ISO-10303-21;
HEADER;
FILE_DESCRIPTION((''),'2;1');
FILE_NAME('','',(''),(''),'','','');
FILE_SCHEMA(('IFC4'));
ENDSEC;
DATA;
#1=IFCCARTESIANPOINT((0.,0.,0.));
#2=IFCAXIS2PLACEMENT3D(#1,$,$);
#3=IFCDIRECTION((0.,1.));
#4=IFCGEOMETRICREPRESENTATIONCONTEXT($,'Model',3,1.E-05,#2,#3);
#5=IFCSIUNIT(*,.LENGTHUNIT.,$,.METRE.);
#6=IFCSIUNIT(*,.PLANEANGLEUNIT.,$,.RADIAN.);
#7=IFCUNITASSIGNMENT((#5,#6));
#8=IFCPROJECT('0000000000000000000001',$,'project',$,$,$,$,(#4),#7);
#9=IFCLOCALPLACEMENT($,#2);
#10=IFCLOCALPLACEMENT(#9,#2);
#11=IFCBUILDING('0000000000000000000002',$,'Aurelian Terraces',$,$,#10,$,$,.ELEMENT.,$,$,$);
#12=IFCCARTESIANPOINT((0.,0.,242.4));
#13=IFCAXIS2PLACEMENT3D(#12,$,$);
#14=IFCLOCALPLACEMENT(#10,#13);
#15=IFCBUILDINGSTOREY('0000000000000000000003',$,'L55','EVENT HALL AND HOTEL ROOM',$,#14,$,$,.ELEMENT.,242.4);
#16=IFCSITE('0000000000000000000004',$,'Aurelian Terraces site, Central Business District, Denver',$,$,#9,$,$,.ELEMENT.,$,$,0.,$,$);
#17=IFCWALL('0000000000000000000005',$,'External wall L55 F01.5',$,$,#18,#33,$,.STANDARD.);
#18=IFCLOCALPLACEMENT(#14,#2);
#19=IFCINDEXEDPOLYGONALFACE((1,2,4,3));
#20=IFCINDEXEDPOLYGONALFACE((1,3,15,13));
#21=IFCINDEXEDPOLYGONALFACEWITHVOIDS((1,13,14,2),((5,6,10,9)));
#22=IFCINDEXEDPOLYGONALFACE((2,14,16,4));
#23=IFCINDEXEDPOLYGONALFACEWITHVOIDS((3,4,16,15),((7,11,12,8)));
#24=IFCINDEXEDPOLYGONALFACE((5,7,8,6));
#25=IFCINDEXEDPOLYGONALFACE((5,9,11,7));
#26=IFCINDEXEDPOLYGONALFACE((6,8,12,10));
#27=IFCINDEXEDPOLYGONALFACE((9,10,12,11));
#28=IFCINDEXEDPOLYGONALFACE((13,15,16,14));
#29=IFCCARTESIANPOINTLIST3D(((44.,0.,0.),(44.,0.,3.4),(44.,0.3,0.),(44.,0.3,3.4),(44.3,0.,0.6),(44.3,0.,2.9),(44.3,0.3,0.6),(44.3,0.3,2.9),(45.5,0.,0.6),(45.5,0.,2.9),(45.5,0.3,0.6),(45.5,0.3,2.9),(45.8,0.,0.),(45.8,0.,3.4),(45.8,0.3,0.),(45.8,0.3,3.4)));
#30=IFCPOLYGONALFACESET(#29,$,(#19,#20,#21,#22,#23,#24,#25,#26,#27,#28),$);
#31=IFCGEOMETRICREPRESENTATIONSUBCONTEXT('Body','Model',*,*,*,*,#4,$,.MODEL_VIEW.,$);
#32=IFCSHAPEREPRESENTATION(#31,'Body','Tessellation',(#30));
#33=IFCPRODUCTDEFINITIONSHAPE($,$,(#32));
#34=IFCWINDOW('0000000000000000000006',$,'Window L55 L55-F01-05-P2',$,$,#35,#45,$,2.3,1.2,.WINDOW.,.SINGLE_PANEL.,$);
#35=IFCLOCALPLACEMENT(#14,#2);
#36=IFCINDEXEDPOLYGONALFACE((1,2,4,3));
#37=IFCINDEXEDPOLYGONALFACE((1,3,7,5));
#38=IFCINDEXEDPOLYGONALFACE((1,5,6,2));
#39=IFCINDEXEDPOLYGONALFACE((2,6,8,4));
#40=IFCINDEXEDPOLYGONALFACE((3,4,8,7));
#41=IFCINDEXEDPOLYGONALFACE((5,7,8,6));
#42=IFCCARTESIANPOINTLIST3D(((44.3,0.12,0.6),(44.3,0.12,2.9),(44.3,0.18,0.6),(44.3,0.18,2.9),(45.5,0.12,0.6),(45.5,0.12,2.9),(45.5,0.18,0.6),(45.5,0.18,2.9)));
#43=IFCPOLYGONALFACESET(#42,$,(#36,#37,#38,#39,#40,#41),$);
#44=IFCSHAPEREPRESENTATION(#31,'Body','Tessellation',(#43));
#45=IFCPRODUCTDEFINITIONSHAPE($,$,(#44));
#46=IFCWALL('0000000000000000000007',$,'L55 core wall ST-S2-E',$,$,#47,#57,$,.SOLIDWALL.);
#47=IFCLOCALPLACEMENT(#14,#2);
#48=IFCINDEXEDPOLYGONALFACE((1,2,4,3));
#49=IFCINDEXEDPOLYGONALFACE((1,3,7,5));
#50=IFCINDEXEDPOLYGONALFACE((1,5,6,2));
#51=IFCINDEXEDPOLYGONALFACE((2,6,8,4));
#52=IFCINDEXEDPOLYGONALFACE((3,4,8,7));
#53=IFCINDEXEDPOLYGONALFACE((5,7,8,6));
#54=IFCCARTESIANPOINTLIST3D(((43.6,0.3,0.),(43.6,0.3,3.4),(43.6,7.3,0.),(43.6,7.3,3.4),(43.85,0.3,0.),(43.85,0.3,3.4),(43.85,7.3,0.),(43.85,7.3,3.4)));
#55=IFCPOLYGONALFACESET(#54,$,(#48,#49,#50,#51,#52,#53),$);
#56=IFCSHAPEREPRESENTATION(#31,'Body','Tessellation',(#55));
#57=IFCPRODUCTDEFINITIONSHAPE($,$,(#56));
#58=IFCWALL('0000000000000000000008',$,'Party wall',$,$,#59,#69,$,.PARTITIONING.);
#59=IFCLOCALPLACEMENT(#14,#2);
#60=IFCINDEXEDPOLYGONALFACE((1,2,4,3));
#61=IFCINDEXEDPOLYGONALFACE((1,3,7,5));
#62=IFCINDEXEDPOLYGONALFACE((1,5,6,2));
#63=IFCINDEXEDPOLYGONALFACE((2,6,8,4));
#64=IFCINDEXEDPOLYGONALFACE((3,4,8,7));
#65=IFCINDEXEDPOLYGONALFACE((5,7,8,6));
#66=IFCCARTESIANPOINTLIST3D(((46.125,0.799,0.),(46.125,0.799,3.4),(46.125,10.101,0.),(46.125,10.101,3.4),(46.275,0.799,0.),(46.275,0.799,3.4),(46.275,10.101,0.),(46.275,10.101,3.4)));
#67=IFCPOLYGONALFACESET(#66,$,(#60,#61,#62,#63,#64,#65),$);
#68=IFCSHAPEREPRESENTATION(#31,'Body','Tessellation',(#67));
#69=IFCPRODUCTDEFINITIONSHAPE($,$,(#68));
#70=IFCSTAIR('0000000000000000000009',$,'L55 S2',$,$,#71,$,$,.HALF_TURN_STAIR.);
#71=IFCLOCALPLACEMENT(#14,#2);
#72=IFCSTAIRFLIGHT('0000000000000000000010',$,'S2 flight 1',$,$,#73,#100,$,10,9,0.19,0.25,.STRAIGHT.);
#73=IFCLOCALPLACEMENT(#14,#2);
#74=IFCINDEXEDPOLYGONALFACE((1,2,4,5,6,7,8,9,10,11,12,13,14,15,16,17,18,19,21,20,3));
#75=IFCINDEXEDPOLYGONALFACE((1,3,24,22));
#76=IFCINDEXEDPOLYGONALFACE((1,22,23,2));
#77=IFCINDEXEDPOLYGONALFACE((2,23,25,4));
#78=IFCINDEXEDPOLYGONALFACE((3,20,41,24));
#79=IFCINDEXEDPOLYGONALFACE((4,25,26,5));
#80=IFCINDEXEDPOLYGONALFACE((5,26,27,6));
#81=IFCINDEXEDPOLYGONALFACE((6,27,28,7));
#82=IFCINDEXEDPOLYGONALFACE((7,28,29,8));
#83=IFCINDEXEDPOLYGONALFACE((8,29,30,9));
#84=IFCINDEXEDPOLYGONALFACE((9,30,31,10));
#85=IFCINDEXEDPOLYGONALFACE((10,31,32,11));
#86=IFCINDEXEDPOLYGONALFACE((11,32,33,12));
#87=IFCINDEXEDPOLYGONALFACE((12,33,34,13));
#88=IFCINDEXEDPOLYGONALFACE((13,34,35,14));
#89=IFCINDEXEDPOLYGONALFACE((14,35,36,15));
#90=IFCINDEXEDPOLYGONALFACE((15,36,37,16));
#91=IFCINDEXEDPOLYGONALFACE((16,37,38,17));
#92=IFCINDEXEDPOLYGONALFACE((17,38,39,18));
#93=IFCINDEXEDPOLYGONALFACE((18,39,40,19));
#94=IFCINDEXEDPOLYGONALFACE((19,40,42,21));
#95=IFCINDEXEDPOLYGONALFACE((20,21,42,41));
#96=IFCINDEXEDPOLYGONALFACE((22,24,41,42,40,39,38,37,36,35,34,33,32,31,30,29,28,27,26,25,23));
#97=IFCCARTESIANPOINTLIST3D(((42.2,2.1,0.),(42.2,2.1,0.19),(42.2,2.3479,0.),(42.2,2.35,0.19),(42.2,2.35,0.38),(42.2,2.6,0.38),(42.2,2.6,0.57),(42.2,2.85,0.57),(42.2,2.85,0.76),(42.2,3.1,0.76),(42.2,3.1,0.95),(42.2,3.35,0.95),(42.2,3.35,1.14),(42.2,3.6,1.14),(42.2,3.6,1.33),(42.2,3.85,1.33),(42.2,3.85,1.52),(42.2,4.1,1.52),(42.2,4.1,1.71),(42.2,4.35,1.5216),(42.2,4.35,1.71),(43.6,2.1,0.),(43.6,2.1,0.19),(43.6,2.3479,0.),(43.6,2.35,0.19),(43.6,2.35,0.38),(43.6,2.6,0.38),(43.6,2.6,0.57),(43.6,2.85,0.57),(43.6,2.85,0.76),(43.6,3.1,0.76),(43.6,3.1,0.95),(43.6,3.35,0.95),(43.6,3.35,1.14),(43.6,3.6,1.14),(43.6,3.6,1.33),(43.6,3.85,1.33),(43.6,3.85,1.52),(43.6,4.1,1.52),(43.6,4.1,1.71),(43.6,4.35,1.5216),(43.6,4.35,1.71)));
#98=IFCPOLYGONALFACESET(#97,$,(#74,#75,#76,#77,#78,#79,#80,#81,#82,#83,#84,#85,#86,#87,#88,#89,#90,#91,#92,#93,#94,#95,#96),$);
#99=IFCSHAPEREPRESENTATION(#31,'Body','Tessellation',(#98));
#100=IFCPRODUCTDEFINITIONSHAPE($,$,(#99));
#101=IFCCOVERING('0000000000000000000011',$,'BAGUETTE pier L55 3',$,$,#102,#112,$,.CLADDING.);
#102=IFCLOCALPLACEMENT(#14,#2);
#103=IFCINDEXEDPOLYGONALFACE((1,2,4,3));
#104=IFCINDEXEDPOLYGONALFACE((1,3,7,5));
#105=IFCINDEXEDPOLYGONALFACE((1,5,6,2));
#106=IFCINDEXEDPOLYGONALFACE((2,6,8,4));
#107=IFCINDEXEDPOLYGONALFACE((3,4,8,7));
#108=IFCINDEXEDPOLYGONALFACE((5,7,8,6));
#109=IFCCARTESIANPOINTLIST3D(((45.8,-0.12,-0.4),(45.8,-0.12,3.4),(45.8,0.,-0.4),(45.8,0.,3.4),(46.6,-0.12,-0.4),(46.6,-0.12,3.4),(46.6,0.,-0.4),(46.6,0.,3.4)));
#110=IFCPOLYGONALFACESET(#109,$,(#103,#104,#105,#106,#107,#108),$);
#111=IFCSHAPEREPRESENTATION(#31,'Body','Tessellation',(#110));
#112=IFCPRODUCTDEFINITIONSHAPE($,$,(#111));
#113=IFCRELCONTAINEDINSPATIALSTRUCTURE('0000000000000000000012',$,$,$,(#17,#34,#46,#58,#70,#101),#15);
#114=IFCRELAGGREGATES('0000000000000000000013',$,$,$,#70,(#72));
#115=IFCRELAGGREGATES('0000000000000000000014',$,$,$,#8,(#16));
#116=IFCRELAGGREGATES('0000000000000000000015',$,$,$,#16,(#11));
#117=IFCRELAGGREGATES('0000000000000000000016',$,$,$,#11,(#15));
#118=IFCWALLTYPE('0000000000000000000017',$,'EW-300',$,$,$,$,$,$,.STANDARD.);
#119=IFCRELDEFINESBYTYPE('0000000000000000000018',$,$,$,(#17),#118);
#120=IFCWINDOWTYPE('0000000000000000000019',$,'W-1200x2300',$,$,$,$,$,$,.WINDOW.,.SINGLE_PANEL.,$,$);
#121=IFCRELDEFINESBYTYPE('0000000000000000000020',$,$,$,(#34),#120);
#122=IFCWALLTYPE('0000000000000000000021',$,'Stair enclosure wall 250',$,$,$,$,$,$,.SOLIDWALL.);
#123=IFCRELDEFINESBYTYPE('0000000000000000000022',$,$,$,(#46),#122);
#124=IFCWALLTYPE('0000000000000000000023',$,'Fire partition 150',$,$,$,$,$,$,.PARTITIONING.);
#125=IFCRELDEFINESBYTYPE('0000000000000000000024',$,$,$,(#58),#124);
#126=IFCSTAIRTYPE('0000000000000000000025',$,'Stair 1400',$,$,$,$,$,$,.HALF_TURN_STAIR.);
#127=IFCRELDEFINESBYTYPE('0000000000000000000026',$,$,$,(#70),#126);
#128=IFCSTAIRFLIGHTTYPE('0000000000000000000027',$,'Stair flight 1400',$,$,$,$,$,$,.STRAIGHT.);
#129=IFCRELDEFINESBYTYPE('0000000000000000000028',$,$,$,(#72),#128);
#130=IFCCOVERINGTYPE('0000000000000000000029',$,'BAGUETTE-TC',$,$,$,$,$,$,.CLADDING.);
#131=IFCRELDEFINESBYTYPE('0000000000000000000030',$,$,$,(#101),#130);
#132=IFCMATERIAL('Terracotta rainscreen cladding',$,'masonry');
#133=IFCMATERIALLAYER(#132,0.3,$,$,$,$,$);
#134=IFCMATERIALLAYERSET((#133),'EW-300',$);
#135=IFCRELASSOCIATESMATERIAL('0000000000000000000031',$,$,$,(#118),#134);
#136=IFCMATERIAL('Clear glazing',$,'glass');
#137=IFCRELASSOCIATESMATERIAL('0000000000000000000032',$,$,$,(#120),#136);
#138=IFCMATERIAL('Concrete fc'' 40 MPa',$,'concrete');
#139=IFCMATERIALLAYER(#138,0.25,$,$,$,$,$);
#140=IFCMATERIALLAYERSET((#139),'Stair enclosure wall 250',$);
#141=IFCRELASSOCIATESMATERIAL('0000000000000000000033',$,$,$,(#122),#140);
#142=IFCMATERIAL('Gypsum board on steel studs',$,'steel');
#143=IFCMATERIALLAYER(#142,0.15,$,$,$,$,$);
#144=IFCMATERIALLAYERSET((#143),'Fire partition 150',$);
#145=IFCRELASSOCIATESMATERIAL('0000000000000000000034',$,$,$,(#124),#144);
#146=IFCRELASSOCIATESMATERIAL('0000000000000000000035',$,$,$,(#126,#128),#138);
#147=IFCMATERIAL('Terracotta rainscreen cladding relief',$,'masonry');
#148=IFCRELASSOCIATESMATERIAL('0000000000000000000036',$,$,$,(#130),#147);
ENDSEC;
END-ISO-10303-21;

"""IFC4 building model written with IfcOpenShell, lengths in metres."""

from ifc_helpers import new_model, si_unit, direction, frame, frame_2d, origin, origin_2d, place, context, subcontext, project, spatial, polyline, rectangle, outline, extrude, source, transform, mapped, material, layer, layer_set, type_object, element, fill, aggregate, save


model = new_model("IFC4")

# Units and contexts
model_context = context("Model", 3, precision=1e-05, world=origin(), true_north=direction((0.0, 1.0)))
body_context = subcontext(model_context, "Body", "Model", "MODEL_VIEW")
ifc_project = project(units=[si_unit("LENGTHUNIT", "METRE"), si_unit("PLANEANGLEUNIT", "RADIAN")], contexts=[model_context])

# Site, building, storey
site_placement = place(None, origin())
site = spatial("IfcSite", under=ifc_project, at=site_placement, Name="Aurelian Terraces site, Central Business District, Denver", CompositionType="ELEMENT", RefElevation=0.0)
building_placement = place(site_placement, origin())
building = spatial("IfcBuilding", under=site, at=building_placement, Name="Aurelian Terraces", CompositionType="ELEMENT")
storey_placement = place(building_placement, frame((0.0, 0.0, 242.4)))
storey = spatial("IfcBuildingStorey", under=building, at=storey_placement, Name="L55", Description="EVENT HALL AND HOTEL ROOM", CompositionType="ELEMENT", Elevation=242.4)

# Shared definitions
ifc_material_1 = material(Name="Terracotta rainscreen cladding", Category="masonry")
ifc_layer_1 = layer(ifc_material_1, 0.3)
ifc_layer_set_1 = layer_set([ifc_layer_1], Name="EW-300")
wall_type_1 = type_object("IfcWallType", Name="EW-300", PredefinedType="STANDARD", material=ifc_layer_set_1)
ifc_material_2 = material(Name="Clear glazing", Category="glass")
shared_shape_1 = source(origin(), body_context, "Body", "SweptSolid", [
    extrude(rectangle(XDim=1.2, YDim=2.3, at=frame_2d((0.6, 1.15))), frame((0.0, 0.16, 0.0), z_axis=(0.0, -1.0, 0.0), x_axis=(1.0, 0.0, 0.0)), (0.0, 0.0, 1.0), 0.32),
])
window_type_1 = type_object("IfcWindowType", Name="W-1200x2300", PartitioningType="SINGLE_PANEL", PredefinedType="WINDOW", material=ifc_material_2)
shared_shape_2 = source(origin(), body_context, "Body", "SweptSolid", [
    extrude(rectangle(XDim=1.2, YDim=2.3, at=frame_2d((0.6, 1.15))), frame((0.0, 0.03, 0.0), z_axis=(0.0, -1.0, 0.0), x_axis=(1.0, 0.0, 0.0)), (0.0, 0.0, 1.0), 0.06),
])

# Wall, opening, window
shared_shape_3 = source(origin(), body_context, "Body", "SweptSolid", [
    extrude(rectangle(XDim=1.8, YDim=0.3, at=frame_2d((0.9, 0.0))), origin(), (0.0, 0.0, 1.0), 3.4),
])
wall_1_placement = place(storey_placement, frame((44.0, 0.15, 0.0), z_axis=(0.0, 0.0, 1.0), x_axis=(1.0, 0.0, 0.0)))
wall_1 = element("IfcWall", 1, at=wall_1_placement, inside=storey, type_object=wall_type_1, Name="External wall L55 F01.5", PredefinedType="STANDARD", context=body_context, shape_type="MappedRepresentation", body=[
    mapped(shared_shape_3, transform((0.0, 0.0, 0.0), scale=1.0)),
])
opening_1_placement = place(wall_1_placement, frame((0.3, 0.0, 0.6)))
opening_1 = element("IfcOpeningElement", 2, at=opening_1_placement, cuts=wall_1, PredefinedType="OPENING", context=body_context, shape_type="MappedRepresentation", body=[
    mapped(shared_shape_1, transform((0.0, 0.0, 0.0), scale=1.0)),
])
window_1_placement = place(opening_1_placement, origin())
window_1 = element("IfcWindow", 3, at=window_1_placement, inside=storey, type_object=window_type_1, Name="Window L55 L55-F01-05-P2", OverallHeight=2.3, OverallWidth=1.2, PartitioningType="SINGLE_PANEL", PredefinedType="WINDOW", context=body_context, shape_type="MappedRepresentation", body=[
    mapped(shared_shape_2, transform((0.0, 0.0, 0.0), scale=1.0)),
])
fill(opening_1, window_1)

# Walls
ifc_material_3 = material(Name="Concrete fc' 40 MPa", Category="concrete")
ifc_layer_2 = layer(ifc_material_3, 0.25)
ifc_layer_set_2 = layer_set([ifc_layer_2], Name="Stair enclosure wall 250")
wall_type_2 = type_object("IfcWallType", Name="Stair enclosure wall 250", PredefinedType="SOLIDWALL", material=ifc_layer_set_2)
shared_shape_4 = source(origin(), body_context, "Body", "SweptSolid", [
    extrude(rectangle(XDim=7.0, YDim=0.25, at=frame_2d((3.5, 0.0))), origin(), (0.0, 0.0, 1.0), 3.4),
])
wall_2_placement = place(storey_placement, frame((43.725, 0.3, 0.0), z_axis=(0.0, 0.0, 1.0), x_axis=(0.0, 1.0, 0.0)))
element("IfcWall", 4, at=wall_2_placement, inside=storey, type_object=wall_type_2, Name="L55 core wall ST-S2-E", PredefinedType="SOLIDWALL", context=body_context, shape_type="MappedRepresentation", body=[
    mapped(shared_shape_4, transform((0.0, 0.0, 0.0), scale=1.0)),
])
ifc_material_4 = material(Name="Gypsum board on steel studs", Category="steel")
ifc_layer_3 = layer(ifc_material_4, 0.15)
ifc_layer_set_3 = layer_set([ifc_layer_3], Name="Fire partition 150")
wall_type_3 = type_object("IfcWallType", Name="Fire partition 150", PredefinedType="PARTITIONING", material=ifc_layer_set_3)
shared_shape_5 = source(origin(), body_context, "Body", "SweptSolid", [
    extrude(rectangle(XDim=9.302, YDim=0.15, at=frame_2d((4.651, 0.0))), origin(), (0.0, 0.0, 1.0), 3.4),
])
wall_3_placement = place(storey_placement, frame((46.2, 0.799, 0.0), z_axis=(0.0, 0.0, 1.0), x_axis=(0.0, 1.0, 0.0)))
element("IfcWall", 5, at=wall_3_placement, inside=storey, type_object=wall_type_3, Name="Party wall", PredefinedType="PARTITIONING", context=body_context, shape_type="MappedRepresentation", body=[
    mapped(shared_shape_5, transform((0.0, 0.0, 0.0), scale=1.0)),
])

# Stair, stair flight
stair_type = type_object("IfcStairType", Name="Stair 1400", PredefinedType="HALF_TURN_STAIR", material=ifc_material_3)
stair_placement = place(storey_placement, origin())
stair = element("IfcStair", 6, at=stair_placement, inside=storey, type_object=stair_type, Name="L55 S2", PredefinedType="HALF_TURN_STAIR")
stair_flight_type = type_object("IfcStairFlightType", Name="Stair flight 1400", PredefinedType="STRAIGHT", material=ifc_material_3)
shared_shape_6 = source(origin(), body_context, "Body", "SweptSolid", [
    extrude(outline(polyline([(0.0, 0.0), (0.0, 0.19), (0.25, 0.19), (0.25, 0.38), (0.5, 0.38), (0.5, 0.57), (0.75, 0.57), (0.75, 0.76), (1.0, 0.76), (1.0, 0.95), (1.25, 0.95), (1.25, 1.14), (1.5, 1.14), (1.5, 1.33), (1.75, 1.33), (1.75, 1.52), (2.0, 1.52), (2.0, 1.71), (2.25, 1.71), (2.25, 1.9), (2.25, 1.5216), (0.2479, 0.0), (0.0, 0.0)])), frame((0.0, 0.7, 0.0), z_axis=(0.0, -1.0, 0.0), x_axis=(1.0, 0.0, 0.0)), (0.0, 0.0, 1.0), 1.4),
])
stair_flight_placement = place(storey_placement, frame((42.9, 2.1, 0.0), z_axis=(0.0, 0.0, 1.0), x_axis=(0.0, 1.0, 0.0)))
stair_flight = element("IfcStairFlight", 7, at=stair_flight_placement, type_object=stair_flight_type, Name="S2 flight 1", NumberOfRisers=10, NumberOfTreads=9, PredefinedType="STRAIGHT", RiserHeight=0.19, TreadLength=0.25, context=body_context, shape_type="MappedRepresentation", body=[
    mapped(shared_shape_6, transform((0.0, 0.0, 0.0), scale=1.0)),
])
aggregate(stair, [stair_flight])

# Covering
ifc_material_5 = material(Name="Terracotta rainscreen cladding relief", Category="masonry")
covering_type = type_object("IfcCoveringType", Name="BAGUETTE-TC", PredefinedType="CLADDING", material=ifc_material_5)
shared_shape_7 = source(origin(), body_context, "Body", "SweptSolid", [
    extrude(rectangle(XDim=0.8, YDim=0.12, at=origin_2d()), origin(), (0.0, 0.0, 1.0), 3.8),
])
covering_placement = place(storey_placement, frame((46.2, -0.06, -0.4), z_axis=(0.0, 0.0, 1.0), x_axis=(1.0, 0.0, 0.0)))
element("IfcCovering", 8, at=covering_placement, inside=storey, type_object=covering_type, Name="BAGUETTE pier L55 3", PredefinedType="CLADDING", context=body_context, shape_type="MappedRepresentation", body=[
    mapped(shared_shape_7, transform((0.0, 0.0, 0.0), scale=1.0)),
])

save(model, "model.ifc")
